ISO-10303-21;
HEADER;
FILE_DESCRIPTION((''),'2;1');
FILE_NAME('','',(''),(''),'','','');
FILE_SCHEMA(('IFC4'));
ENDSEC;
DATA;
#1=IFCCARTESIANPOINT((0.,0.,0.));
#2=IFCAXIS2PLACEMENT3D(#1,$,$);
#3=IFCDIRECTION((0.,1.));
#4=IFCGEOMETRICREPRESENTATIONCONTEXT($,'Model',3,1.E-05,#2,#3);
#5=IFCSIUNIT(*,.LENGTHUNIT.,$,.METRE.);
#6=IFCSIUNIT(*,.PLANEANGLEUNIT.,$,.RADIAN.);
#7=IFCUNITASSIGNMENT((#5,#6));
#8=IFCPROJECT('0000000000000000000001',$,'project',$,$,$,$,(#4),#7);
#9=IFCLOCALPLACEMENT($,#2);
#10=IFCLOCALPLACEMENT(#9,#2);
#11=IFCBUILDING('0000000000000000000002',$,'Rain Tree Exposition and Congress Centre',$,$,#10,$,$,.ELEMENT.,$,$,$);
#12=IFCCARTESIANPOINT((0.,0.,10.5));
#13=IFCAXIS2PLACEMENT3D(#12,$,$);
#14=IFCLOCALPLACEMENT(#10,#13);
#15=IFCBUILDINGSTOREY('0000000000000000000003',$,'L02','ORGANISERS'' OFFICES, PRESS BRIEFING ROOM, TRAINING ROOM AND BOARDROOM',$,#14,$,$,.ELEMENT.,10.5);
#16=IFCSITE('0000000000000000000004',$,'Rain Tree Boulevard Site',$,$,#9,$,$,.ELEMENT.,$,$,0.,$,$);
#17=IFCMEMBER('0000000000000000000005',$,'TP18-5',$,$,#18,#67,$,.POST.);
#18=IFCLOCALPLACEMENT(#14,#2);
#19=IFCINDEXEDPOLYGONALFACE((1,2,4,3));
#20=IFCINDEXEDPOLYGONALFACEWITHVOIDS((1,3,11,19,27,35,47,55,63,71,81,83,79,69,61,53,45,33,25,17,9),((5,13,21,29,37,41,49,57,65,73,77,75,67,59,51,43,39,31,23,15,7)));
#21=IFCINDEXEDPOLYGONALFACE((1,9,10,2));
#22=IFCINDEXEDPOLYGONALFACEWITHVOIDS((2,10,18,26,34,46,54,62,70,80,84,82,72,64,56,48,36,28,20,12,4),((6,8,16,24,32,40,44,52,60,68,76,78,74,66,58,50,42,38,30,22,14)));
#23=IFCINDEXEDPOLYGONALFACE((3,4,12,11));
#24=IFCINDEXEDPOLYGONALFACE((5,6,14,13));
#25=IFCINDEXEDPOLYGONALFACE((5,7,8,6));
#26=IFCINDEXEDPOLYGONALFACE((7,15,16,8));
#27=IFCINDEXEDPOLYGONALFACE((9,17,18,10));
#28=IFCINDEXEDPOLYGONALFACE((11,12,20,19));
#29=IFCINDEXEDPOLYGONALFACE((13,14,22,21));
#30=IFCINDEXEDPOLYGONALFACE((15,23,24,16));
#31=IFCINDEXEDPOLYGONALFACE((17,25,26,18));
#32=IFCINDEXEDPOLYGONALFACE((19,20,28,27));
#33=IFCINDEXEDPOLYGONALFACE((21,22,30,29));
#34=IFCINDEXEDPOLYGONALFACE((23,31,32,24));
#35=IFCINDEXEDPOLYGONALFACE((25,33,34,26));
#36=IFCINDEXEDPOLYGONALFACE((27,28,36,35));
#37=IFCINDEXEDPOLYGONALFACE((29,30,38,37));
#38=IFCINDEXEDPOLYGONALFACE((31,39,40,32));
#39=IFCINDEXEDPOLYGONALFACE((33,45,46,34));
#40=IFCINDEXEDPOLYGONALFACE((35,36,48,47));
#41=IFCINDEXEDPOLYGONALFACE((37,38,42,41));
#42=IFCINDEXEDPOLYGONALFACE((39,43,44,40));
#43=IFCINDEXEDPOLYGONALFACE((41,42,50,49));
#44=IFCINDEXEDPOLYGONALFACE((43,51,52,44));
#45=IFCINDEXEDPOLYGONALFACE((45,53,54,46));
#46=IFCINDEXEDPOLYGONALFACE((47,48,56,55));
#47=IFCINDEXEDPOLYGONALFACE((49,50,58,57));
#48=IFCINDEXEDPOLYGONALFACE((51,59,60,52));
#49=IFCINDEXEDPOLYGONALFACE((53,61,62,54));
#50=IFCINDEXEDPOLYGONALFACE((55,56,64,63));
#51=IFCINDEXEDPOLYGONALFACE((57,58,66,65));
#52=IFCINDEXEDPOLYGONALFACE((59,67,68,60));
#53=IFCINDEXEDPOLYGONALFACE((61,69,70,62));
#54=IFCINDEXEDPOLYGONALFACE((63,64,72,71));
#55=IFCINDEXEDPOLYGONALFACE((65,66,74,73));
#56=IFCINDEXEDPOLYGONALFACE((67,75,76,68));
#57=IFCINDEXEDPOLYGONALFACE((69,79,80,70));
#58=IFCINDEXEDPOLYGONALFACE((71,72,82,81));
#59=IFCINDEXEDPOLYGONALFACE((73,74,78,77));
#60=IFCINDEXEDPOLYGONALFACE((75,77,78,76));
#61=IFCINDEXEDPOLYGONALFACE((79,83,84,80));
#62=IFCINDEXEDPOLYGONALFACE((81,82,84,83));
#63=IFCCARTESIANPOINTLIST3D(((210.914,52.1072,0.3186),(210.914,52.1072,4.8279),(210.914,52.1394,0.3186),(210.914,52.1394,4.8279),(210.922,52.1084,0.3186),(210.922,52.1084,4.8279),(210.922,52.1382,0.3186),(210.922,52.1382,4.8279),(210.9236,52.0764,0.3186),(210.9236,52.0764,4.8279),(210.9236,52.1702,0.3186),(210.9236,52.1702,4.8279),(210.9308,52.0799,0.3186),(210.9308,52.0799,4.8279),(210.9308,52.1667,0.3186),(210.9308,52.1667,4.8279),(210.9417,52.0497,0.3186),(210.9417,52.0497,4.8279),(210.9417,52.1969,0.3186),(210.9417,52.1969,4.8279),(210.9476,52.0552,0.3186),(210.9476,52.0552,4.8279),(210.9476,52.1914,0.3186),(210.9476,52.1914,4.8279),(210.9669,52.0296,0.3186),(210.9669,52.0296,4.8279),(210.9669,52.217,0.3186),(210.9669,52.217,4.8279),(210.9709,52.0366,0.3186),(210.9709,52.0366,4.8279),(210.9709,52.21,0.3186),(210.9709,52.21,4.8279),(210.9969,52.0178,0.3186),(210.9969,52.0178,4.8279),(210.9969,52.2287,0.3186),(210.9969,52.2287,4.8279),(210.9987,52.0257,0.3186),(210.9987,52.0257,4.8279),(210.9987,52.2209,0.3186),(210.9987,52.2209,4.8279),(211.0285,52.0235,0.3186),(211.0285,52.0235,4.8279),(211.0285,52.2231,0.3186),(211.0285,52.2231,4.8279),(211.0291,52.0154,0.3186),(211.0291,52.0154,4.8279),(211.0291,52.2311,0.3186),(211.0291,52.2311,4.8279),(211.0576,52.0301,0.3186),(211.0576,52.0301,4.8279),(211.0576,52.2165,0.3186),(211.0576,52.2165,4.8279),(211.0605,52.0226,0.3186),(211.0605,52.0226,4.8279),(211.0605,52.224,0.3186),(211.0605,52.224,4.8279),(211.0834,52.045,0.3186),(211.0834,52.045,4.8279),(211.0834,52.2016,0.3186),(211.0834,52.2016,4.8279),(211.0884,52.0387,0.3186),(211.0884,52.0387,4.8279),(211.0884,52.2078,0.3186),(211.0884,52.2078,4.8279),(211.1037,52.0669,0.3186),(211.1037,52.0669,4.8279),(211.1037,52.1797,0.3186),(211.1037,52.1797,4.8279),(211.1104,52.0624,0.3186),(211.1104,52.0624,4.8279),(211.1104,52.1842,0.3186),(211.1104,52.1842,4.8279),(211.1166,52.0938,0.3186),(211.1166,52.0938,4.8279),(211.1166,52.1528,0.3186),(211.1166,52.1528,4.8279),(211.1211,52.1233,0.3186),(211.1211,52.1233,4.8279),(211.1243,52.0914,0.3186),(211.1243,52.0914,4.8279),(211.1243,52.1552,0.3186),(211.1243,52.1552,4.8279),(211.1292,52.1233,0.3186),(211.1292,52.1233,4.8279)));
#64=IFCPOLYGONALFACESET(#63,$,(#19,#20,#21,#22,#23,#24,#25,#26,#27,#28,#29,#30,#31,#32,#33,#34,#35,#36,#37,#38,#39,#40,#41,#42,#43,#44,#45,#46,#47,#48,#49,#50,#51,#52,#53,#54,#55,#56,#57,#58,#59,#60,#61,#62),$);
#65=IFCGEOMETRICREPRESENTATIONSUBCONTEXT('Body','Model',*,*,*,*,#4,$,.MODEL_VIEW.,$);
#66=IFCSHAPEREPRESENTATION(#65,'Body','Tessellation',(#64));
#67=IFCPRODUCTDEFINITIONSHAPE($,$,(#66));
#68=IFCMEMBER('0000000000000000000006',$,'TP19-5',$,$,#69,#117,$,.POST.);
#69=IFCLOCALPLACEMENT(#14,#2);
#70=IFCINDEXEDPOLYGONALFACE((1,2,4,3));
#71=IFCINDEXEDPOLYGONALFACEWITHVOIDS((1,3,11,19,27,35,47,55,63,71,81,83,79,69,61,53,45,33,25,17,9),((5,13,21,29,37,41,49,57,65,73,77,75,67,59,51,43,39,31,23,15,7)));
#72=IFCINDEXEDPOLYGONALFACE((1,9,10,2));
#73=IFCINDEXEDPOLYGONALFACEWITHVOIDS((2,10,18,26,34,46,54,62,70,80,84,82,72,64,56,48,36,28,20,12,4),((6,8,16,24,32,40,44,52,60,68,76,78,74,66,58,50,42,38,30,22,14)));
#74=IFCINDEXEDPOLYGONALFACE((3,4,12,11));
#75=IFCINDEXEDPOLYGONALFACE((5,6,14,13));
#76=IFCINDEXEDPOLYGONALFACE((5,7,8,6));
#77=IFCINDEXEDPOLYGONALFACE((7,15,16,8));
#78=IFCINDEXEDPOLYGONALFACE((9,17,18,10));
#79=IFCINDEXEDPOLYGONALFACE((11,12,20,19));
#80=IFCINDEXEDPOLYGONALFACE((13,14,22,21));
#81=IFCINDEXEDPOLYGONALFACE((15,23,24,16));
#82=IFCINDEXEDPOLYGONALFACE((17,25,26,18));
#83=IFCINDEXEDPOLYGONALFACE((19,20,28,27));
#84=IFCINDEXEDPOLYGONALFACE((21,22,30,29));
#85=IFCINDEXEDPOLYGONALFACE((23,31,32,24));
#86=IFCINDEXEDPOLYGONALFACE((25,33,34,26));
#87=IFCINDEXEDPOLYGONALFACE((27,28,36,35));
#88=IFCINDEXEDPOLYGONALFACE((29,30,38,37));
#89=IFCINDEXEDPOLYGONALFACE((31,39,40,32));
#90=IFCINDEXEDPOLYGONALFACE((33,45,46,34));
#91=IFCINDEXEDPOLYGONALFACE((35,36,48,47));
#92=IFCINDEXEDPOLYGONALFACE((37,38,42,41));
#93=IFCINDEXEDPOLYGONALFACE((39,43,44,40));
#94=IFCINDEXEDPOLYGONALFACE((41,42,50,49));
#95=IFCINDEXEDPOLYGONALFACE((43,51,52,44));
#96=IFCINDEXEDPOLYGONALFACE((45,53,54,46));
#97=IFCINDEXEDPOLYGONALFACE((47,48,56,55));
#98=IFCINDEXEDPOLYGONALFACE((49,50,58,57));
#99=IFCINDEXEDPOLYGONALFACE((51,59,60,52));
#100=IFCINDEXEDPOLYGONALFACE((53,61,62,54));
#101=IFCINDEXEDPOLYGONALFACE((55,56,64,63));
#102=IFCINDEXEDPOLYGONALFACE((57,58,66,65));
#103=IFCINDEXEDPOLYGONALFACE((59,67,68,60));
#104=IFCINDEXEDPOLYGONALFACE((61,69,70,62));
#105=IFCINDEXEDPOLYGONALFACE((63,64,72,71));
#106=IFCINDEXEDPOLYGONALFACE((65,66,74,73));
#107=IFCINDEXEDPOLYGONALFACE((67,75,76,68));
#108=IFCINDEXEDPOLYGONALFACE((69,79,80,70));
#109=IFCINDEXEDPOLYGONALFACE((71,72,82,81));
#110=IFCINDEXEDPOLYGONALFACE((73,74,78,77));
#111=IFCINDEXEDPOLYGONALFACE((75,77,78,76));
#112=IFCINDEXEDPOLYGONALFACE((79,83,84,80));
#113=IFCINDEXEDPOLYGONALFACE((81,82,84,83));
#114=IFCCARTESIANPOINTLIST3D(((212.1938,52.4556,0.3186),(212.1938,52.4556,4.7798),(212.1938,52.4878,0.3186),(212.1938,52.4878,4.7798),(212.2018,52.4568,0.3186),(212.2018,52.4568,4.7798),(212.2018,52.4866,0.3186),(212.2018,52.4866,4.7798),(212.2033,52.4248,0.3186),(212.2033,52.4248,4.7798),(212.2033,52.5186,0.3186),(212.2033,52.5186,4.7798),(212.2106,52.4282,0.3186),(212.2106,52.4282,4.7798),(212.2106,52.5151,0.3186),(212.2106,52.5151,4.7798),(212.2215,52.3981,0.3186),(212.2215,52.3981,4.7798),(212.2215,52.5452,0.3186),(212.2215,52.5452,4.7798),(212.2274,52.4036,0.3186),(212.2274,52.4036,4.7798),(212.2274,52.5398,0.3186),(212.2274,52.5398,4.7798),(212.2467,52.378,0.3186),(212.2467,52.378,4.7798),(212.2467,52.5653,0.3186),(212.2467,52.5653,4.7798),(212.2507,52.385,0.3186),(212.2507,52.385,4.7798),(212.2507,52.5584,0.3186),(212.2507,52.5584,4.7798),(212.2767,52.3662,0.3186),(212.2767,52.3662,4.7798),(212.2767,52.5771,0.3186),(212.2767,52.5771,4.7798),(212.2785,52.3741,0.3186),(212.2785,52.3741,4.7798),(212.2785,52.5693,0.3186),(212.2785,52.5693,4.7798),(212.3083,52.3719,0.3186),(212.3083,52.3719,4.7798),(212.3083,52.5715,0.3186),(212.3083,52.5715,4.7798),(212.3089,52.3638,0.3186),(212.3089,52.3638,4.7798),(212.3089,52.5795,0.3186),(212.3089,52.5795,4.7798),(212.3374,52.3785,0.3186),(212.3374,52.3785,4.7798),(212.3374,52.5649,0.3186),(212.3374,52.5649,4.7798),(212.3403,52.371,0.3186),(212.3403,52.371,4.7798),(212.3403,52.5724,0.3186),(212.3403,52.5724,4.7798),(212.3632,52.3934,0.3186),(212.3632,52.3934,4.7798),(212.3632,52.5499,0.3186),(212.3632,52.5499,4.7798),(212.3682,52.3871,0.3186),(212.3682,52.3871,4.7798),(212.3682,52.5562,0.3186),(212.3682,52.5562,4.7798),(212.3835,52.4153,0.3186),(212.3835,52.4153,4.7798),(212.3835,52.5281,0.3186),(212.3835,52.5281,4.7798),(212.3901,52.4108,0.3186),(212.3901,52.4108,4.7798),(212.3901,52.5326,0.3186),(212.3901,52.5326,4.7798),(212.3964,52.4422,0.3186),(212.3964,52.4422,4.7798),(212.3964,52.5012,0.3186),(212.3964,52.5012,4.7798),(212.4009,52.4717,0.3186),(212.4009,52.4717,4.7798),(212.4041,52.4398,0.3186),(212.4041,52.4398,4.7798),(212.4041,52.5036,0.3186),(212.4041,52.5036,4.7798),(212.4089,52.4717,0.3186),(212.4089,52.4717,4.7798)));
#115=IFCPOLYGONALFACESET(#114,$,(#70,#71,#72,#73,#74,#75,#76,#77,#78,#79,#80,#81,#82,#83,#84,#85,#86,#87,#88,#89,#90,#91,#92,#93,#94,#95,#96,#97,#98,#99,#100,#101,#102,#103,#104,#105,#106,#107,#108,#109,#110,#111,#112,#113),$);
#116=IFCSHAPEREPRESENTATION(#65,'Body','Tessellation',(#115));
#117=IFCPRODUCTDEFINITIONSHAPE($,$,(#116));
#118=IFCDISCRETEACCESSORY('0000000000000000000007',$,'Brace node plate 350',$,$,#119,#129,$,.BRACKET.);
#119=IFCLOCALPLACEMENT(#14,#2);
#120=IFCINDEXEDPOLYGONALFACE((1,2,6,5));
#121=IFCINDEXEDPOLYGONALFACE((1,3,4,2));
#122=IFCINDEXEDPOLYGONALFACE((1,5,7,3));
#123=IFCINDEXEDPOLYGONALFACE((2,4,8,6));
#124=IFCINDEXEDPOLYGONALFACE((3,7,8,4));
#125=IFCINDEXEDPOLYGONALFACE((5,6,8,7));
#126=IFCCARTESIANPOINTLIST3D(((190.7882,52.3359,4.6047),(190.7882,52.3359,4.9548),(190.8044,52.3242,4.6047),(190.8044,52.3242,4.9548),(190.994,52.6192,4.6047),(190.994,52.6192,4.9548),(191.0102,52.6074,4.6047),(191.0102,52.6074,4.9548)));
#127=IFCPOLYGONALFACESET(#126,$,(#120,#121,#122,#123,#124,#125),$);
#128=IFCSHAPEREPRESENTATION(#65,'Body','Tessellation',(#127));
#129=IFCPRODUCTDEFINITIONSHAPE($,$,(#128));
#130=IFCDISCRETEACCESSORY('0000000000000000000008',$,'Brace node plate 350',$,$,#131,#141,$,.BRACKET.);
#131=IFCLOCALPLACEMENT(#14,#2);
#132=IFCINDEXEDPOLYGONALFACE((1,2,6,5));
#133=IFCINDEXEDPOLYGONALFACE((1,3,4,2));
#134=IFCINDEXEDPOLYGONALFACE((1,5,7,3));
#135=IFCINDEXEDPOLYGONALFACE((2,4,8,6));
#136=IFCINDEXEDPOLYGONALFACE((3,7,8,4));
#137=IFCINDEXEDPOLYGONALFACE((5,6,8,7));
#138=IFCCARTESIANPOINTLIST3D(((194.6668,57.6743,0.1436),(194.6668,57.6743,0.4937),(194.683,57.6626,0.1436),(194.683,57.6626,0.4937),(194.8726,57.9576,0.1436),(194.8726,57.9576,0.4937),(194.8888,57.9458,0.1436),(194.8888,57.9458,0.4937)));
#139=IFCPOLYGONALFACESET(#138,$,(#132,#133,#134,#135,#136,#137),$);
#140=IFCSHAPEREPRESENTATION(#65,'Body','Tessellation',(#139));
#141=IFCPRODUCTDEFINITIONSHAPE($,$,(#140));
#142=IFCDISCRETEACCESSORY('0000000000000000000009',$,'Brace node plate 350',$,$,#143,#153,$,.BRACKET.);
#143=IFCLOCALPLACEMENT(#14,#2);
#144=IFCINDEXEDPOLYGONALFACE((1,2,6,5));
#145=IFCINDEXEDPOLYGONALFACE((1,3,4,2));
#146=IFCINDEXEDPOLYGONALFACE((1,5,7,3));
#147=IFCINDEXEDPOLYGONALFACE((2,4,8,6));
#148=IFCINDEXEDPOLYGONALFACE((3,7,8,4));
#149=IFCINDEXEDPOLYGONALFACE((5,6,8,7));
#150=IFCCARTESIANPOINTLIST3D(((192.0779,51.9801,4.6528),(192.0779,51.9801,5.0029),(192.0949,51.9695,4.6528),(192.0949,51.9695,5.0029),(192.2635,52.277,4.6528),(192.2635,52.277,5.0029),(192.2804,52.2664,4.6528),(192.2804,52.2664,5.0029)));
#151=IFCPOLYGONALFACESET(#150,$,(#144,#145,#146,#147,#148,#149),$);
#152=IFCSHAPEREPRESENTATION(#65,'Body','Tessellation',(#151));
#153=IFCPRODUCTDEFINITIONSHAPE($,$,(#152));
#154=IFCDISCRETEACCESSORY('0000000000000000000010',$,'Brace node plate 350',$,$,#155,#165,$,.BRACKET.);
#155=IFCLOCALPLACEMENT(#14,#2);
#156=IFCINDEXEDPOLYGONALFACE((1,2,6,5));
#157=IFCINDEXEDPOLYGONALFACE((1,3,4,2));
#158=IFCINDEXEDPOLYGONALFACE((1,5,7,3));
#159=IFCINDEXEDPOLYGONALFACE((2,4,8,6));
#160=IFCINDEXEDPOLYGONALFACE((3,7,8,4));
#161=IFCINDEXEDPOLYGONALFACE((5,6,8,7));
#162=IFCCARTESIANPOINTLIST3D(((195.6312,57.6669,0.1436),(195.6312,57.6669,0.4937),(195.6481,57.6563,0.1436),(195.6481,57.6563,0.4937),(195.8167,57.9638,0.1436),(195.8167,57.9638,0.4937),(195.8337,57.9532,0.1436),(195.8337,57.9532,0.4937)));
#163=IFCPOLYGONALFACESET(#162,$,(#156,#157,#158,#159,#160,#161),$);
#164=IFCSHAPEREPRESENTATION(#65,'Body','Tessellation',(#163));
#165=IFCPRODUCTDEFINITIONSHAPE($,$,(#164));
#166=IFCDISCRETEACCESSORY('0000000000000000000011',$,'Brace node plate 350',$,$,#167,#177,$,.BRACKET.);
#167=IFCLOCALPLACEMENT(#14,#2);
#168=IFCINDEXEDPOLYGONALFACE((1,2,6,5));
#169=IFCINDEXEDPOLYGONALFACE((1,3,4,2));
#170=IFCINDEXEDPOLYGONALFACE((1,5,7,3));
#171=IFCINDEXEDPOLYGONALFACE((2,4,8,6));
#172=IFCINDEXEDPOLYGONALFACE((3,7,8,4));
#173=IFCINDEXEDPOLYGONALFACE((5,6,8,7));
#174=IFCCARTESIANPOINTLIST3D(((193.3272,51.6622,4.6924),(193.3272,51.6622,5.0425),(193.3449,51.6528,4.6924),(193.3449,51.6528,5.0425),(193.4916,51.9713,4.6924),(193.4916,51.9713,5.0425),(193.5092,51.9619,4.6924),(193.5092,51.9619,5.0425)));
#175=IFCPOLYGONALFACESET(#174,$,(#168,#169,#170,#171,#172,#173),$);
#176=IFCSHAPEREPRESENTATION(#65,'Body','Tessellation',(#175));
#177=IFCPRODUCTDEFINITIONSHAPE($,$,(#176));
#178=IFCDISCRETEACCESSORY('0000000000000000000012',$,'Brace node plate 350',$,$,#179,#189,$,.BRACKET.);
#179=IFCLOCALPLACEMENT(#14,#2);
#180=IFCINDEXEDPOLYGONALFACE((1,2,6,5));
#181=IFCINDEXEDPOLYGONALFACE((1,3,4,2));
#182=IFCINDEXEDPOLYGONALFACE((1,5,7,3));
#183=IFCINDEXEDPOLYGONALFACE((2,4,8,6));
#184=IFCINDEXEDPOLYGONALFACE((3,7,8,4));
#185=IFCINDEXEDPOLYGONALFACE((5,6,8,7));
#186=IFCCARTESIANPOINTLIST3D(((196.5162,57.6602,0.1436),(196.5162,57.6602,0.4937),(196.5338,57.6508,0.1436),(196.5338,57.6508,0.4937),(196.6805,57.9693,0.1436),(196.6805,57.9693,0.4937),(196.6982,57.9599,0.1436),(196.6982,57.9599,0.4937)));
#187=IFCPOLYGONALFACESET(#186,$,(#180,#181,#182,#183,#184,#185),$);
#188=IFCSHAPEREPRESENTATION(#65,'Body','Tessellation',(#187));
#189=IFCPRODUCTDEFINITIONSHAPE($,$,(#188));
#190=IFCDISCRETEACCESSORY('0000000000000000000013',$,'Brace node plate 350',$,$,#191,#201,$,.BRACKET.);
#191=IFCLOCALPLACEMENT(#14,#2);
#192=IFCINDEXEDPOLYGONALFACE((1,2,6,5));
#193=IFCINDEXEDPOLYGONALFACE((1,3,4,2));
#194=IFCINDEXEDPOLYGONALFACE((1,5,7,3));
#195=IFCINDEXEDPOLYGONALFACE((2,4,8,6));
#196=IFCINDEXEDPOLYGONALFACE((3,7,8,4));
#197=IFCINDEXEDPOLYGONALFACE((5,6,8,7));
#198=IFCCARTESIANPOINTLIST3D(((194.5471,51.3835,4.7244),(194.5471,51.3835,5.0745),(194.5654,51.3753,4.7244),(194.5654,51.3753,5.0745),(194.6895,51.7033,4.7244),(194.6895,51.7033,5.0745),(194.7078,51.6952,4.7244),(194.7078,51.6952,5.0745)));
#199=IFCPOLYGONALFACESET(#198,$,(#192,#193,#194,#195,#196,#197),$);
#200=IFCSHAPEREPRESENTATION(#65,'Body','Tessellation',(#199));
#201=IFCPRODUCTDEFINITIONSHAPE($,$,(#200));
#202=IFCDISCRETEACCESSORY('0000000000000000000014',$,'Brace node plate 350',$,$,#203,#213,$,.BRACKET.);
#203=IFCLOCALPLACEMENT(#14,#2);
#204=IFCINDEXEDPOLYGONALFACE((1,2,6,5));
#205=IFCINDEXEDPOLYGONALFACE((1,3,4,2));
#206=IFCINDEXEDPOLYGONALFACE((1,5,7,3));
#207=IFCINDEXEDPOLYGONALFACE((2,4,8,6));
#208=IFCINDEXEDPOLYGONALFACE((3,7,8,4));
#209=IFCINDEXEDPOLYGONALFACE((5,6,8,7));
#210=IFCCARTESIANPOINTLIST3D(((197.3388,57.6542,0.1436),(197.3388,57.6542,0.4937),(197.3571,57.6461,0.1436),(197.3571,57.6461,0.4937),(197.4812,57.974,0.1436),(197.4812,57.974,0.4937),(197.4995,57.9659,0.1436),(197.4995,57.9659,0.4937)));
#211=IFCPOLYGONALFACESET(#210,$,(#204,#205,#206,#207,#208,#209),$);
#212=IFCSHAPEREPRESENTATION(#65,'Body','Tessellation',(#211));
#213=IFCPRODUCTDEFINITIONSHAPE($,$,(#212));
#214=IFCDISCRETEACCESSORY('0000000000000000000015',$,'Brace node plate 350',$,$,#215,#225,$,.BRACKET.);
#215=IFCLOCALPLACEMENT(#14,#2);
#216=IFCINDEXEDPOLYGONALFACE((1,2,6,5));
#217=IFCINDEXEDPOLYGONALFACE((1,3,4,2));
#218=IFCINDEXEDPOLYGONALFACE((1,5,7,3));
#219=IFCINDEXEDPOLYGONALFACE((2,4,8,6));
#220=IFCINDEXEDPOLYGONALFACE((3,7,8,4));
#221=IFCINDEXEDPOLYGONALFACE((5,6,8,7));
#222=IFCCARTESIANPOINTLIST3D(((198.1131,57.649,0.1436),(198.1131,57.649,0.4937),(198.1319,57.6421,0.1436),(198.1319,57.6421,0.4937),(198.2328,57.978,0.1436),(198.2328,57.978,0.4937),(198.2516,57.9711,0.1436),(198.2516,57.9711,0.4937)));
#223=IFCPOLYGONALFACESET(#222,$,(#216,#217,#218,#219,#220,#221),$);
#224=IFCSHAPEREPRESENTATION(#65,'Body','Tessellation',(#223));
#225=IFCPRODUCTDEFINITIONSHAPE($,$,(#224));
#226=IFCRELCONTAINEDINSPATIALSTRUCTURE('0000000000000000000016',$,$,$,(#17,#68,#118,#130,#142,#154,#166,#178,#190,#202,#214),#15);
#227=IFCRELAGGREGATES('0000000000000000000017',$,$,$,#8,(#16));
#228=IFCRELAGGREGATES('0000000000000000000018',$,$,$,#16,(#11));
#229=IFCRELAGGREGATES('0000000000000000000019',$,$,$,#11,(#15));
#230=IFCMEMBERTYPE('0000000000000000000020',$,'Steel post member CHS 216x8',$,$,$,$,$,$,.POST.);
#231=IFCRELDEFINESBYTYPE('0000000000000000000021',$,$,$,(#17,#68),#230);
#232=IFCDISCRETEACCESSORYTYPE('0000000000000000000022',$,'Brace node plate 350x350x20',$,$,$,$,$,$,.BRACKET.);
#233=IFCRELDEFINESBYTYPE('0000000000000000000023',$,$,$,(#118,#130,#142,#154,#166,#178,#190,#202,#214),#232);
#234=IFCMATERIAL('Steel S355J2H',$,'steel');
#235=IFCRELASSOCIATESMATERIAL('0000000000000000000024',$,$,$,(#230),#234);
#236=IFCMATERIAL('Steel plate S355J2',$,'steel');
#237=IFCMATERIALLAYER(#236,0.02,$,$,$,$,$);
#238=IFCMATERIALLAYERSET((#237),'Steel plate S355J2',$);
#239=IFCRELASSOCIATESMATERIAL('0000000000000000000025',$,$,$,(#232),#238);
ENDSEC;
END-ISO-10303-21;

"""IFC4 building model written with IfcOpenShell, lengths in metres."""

from ifc_helpers import new_model, si_unit, direction, frame, origin, origin_2d, place, context, subcontext, project, spatial, rectangle, hollow_circle, extrude, material, layer, layer_set, material_profile, profile_set, type_object, element, save


model = new_model("IFC4")

# Units and contexts
model_context = context("Model", 3, precision=1e-05, world=origin(), true_north=direction((0.0, 1.0)))
body_context = subcontext(model_context, "Body", "Model", "MODEL_VIEW")
ifc_project = project(units=[si_unit("LENGTHUNIT", "METRE"), si_unit("PLANEANGLEUNIT", "RADIAN")], contexts=[model_context])

# Site, building, storey
site_placement = place(None, origin())
site = spatial("IfcSite", under=ifc_project, at=site_placement, Name="Rain Tree Boulevard Site", CompositionType="ELEMENT", RefElevation=0.0)
building_placement = place(site_placement, origin())
building = spatial("IfcBuilding", under=site, at=building_placement, Name="Rain Tree Exposition and Congress Centre", CompositionType="ELEMENT")
storey_placement = place(building_placement, frame((0.0, 0.0, 10.5)))
storey = spatial("IfcBuildingStorey", under=building, at=storey_placement, Name="L02", Description="ORGANISERS' OFFICES, PRESS BRIEFING ROOM, TRAINING ROOM AND BOARDROOM", CompositionType="ELEMENT", Elevation=10.5)

# Members
ifc_material_1 = material(Name="Steel S355J2H", Category="steel")
ifc_material_profile_1 = material_profile(ifc_material_1, hollow_circle(Radius=0.1082, WallThickness=0.0081, at=origin_2d()), Name="CHS 216x8")
ifc_profile_set_1 = profile_set([ifc_material_profile_1], Name="Steel S355J2H")
member_type_1 = type_object("IfcMemberType", Name="Steel post member CHS 216x8", PredefinedType="POST", material=ifc_profile_set_1)
member_1_placement = place(storey_placement, frame((211.021, 52.1233, 0.3186), z_axis=(0.0, 0.0, 1.0), x_axis=(1.0, 0.0, 0.0)))
element("IfcMember", 1, at=member_1_placement, inside=storey, type_object=member_type_1, Name="TP18-5", PredefinedType="POST", context=body_context, shape_type="SweptSolid", body=[
    extrude(hollow_circle(Radius=0.1082, WallThickness=0.0081, at=origin_2d()), origin(), (0.0, 0.0, 1.0), 4.5093),
])
member_2_placement = place(storey_placement, frame((212.3008, 52.4717, 0.3186), z_axis=(0.0, 0.0, 1.0), x_axis=(1.0, 0.0, 0.0)))
element("IfcMember", 2, at=member_2_placement, inside=storey, type_object=member_type_1, Name="TP19-5", PredefinedType="POST", context=body_context, shape_type="SweptSolid", body=[
    extrude(hollow_circle(Radius=0.1082, WallThickness=0.0081, at=origin_2d()), origin(), (0.0, 0.0, 1.0), 4.4612),
])

# Discrete accessories
ifc_material_2 = material(Name="Steel plate S355J2", Category="steel")
ifc_layer = layer(ifc_material_2, 0.02)
ifc_layer_set = layer_set([ifc_layer], Name="Steel plate S355J2")
discrete_accessory_type = type_object("IfcDiscreteAccessoryType", Name="Brace node plate 350x350x20", PredefinedType="BRACKET", material=ifc_layer_set)
for number, where, z_axis, x_axis, name in (
    (3, (190.8992, 52.4717, 4.6047), (0.0, 0.0, 1.0), (0.587785, 0.809017, 0.0), "Brace node plate 350"),
    (4, (194.7778, 57.8101, 0.1436), (0.0, 0.0, 1.0), (-0.587785, -0.809017, 0.0), "Brace node plate 350"),
    (5, (192.1792, 52.1233, 4.6528), (0.0, 0.0, 1.0), (0.529919, 0.848048, 0.0), "Brace node plate 350"),
    (6, (195.7324, 57.8101, 0.1436), (0.0, 0.0, 1.0), (-0.529919, -0.848048, 0.0), "Brace node plate 350"),
    (7, (193.4182, 51.812, 4.6924), (0.0, 0.0, 1.0), (0.469472, 0.882948, 0.0), "Brace node plate 350"),
    (8, (196.6072, 57.8101, 0.1436), (0.0, 0.0, 1.0), (-0.469472, -0.882948, 0.0), "Brace node plate 350"),
    (9, (194.6274, 51.5393, 4.7244), (0.0, 0.0, 1.0), (0.406737, 0.913545, 0.0), "Brace node plate 350"),
    (10, (197.4192, 57.8101, 0.1436), (0.0, 0.0, 1.0), (-0.406737, -0.913545, 0.0), "Brace node plate 350"),
    (11, (198.1824, 57.8101, 0.1436), (0.0, 0.0, 1.0), (-0.34202, -0.939693, 0.0), "Brace node plate 350"),
):
    element("IfcDiscreteAccessory", number, at=place(storey_placement, frame(where, z_axis=z_axis, x_axis=x_axis)), inside=storey, type_object=discrete_accessory_type, Name=name, PredefinedType="BRACKET", context=body_context, shape_type="SweptSolid", body=[
        extrude(rectangle(XDim=0.3501, YDim=0.02, at=origin_2d()), origin(), (0.0, 0.0, 1.0), 0.3501),
    ])

save(model, "model.ifc")
